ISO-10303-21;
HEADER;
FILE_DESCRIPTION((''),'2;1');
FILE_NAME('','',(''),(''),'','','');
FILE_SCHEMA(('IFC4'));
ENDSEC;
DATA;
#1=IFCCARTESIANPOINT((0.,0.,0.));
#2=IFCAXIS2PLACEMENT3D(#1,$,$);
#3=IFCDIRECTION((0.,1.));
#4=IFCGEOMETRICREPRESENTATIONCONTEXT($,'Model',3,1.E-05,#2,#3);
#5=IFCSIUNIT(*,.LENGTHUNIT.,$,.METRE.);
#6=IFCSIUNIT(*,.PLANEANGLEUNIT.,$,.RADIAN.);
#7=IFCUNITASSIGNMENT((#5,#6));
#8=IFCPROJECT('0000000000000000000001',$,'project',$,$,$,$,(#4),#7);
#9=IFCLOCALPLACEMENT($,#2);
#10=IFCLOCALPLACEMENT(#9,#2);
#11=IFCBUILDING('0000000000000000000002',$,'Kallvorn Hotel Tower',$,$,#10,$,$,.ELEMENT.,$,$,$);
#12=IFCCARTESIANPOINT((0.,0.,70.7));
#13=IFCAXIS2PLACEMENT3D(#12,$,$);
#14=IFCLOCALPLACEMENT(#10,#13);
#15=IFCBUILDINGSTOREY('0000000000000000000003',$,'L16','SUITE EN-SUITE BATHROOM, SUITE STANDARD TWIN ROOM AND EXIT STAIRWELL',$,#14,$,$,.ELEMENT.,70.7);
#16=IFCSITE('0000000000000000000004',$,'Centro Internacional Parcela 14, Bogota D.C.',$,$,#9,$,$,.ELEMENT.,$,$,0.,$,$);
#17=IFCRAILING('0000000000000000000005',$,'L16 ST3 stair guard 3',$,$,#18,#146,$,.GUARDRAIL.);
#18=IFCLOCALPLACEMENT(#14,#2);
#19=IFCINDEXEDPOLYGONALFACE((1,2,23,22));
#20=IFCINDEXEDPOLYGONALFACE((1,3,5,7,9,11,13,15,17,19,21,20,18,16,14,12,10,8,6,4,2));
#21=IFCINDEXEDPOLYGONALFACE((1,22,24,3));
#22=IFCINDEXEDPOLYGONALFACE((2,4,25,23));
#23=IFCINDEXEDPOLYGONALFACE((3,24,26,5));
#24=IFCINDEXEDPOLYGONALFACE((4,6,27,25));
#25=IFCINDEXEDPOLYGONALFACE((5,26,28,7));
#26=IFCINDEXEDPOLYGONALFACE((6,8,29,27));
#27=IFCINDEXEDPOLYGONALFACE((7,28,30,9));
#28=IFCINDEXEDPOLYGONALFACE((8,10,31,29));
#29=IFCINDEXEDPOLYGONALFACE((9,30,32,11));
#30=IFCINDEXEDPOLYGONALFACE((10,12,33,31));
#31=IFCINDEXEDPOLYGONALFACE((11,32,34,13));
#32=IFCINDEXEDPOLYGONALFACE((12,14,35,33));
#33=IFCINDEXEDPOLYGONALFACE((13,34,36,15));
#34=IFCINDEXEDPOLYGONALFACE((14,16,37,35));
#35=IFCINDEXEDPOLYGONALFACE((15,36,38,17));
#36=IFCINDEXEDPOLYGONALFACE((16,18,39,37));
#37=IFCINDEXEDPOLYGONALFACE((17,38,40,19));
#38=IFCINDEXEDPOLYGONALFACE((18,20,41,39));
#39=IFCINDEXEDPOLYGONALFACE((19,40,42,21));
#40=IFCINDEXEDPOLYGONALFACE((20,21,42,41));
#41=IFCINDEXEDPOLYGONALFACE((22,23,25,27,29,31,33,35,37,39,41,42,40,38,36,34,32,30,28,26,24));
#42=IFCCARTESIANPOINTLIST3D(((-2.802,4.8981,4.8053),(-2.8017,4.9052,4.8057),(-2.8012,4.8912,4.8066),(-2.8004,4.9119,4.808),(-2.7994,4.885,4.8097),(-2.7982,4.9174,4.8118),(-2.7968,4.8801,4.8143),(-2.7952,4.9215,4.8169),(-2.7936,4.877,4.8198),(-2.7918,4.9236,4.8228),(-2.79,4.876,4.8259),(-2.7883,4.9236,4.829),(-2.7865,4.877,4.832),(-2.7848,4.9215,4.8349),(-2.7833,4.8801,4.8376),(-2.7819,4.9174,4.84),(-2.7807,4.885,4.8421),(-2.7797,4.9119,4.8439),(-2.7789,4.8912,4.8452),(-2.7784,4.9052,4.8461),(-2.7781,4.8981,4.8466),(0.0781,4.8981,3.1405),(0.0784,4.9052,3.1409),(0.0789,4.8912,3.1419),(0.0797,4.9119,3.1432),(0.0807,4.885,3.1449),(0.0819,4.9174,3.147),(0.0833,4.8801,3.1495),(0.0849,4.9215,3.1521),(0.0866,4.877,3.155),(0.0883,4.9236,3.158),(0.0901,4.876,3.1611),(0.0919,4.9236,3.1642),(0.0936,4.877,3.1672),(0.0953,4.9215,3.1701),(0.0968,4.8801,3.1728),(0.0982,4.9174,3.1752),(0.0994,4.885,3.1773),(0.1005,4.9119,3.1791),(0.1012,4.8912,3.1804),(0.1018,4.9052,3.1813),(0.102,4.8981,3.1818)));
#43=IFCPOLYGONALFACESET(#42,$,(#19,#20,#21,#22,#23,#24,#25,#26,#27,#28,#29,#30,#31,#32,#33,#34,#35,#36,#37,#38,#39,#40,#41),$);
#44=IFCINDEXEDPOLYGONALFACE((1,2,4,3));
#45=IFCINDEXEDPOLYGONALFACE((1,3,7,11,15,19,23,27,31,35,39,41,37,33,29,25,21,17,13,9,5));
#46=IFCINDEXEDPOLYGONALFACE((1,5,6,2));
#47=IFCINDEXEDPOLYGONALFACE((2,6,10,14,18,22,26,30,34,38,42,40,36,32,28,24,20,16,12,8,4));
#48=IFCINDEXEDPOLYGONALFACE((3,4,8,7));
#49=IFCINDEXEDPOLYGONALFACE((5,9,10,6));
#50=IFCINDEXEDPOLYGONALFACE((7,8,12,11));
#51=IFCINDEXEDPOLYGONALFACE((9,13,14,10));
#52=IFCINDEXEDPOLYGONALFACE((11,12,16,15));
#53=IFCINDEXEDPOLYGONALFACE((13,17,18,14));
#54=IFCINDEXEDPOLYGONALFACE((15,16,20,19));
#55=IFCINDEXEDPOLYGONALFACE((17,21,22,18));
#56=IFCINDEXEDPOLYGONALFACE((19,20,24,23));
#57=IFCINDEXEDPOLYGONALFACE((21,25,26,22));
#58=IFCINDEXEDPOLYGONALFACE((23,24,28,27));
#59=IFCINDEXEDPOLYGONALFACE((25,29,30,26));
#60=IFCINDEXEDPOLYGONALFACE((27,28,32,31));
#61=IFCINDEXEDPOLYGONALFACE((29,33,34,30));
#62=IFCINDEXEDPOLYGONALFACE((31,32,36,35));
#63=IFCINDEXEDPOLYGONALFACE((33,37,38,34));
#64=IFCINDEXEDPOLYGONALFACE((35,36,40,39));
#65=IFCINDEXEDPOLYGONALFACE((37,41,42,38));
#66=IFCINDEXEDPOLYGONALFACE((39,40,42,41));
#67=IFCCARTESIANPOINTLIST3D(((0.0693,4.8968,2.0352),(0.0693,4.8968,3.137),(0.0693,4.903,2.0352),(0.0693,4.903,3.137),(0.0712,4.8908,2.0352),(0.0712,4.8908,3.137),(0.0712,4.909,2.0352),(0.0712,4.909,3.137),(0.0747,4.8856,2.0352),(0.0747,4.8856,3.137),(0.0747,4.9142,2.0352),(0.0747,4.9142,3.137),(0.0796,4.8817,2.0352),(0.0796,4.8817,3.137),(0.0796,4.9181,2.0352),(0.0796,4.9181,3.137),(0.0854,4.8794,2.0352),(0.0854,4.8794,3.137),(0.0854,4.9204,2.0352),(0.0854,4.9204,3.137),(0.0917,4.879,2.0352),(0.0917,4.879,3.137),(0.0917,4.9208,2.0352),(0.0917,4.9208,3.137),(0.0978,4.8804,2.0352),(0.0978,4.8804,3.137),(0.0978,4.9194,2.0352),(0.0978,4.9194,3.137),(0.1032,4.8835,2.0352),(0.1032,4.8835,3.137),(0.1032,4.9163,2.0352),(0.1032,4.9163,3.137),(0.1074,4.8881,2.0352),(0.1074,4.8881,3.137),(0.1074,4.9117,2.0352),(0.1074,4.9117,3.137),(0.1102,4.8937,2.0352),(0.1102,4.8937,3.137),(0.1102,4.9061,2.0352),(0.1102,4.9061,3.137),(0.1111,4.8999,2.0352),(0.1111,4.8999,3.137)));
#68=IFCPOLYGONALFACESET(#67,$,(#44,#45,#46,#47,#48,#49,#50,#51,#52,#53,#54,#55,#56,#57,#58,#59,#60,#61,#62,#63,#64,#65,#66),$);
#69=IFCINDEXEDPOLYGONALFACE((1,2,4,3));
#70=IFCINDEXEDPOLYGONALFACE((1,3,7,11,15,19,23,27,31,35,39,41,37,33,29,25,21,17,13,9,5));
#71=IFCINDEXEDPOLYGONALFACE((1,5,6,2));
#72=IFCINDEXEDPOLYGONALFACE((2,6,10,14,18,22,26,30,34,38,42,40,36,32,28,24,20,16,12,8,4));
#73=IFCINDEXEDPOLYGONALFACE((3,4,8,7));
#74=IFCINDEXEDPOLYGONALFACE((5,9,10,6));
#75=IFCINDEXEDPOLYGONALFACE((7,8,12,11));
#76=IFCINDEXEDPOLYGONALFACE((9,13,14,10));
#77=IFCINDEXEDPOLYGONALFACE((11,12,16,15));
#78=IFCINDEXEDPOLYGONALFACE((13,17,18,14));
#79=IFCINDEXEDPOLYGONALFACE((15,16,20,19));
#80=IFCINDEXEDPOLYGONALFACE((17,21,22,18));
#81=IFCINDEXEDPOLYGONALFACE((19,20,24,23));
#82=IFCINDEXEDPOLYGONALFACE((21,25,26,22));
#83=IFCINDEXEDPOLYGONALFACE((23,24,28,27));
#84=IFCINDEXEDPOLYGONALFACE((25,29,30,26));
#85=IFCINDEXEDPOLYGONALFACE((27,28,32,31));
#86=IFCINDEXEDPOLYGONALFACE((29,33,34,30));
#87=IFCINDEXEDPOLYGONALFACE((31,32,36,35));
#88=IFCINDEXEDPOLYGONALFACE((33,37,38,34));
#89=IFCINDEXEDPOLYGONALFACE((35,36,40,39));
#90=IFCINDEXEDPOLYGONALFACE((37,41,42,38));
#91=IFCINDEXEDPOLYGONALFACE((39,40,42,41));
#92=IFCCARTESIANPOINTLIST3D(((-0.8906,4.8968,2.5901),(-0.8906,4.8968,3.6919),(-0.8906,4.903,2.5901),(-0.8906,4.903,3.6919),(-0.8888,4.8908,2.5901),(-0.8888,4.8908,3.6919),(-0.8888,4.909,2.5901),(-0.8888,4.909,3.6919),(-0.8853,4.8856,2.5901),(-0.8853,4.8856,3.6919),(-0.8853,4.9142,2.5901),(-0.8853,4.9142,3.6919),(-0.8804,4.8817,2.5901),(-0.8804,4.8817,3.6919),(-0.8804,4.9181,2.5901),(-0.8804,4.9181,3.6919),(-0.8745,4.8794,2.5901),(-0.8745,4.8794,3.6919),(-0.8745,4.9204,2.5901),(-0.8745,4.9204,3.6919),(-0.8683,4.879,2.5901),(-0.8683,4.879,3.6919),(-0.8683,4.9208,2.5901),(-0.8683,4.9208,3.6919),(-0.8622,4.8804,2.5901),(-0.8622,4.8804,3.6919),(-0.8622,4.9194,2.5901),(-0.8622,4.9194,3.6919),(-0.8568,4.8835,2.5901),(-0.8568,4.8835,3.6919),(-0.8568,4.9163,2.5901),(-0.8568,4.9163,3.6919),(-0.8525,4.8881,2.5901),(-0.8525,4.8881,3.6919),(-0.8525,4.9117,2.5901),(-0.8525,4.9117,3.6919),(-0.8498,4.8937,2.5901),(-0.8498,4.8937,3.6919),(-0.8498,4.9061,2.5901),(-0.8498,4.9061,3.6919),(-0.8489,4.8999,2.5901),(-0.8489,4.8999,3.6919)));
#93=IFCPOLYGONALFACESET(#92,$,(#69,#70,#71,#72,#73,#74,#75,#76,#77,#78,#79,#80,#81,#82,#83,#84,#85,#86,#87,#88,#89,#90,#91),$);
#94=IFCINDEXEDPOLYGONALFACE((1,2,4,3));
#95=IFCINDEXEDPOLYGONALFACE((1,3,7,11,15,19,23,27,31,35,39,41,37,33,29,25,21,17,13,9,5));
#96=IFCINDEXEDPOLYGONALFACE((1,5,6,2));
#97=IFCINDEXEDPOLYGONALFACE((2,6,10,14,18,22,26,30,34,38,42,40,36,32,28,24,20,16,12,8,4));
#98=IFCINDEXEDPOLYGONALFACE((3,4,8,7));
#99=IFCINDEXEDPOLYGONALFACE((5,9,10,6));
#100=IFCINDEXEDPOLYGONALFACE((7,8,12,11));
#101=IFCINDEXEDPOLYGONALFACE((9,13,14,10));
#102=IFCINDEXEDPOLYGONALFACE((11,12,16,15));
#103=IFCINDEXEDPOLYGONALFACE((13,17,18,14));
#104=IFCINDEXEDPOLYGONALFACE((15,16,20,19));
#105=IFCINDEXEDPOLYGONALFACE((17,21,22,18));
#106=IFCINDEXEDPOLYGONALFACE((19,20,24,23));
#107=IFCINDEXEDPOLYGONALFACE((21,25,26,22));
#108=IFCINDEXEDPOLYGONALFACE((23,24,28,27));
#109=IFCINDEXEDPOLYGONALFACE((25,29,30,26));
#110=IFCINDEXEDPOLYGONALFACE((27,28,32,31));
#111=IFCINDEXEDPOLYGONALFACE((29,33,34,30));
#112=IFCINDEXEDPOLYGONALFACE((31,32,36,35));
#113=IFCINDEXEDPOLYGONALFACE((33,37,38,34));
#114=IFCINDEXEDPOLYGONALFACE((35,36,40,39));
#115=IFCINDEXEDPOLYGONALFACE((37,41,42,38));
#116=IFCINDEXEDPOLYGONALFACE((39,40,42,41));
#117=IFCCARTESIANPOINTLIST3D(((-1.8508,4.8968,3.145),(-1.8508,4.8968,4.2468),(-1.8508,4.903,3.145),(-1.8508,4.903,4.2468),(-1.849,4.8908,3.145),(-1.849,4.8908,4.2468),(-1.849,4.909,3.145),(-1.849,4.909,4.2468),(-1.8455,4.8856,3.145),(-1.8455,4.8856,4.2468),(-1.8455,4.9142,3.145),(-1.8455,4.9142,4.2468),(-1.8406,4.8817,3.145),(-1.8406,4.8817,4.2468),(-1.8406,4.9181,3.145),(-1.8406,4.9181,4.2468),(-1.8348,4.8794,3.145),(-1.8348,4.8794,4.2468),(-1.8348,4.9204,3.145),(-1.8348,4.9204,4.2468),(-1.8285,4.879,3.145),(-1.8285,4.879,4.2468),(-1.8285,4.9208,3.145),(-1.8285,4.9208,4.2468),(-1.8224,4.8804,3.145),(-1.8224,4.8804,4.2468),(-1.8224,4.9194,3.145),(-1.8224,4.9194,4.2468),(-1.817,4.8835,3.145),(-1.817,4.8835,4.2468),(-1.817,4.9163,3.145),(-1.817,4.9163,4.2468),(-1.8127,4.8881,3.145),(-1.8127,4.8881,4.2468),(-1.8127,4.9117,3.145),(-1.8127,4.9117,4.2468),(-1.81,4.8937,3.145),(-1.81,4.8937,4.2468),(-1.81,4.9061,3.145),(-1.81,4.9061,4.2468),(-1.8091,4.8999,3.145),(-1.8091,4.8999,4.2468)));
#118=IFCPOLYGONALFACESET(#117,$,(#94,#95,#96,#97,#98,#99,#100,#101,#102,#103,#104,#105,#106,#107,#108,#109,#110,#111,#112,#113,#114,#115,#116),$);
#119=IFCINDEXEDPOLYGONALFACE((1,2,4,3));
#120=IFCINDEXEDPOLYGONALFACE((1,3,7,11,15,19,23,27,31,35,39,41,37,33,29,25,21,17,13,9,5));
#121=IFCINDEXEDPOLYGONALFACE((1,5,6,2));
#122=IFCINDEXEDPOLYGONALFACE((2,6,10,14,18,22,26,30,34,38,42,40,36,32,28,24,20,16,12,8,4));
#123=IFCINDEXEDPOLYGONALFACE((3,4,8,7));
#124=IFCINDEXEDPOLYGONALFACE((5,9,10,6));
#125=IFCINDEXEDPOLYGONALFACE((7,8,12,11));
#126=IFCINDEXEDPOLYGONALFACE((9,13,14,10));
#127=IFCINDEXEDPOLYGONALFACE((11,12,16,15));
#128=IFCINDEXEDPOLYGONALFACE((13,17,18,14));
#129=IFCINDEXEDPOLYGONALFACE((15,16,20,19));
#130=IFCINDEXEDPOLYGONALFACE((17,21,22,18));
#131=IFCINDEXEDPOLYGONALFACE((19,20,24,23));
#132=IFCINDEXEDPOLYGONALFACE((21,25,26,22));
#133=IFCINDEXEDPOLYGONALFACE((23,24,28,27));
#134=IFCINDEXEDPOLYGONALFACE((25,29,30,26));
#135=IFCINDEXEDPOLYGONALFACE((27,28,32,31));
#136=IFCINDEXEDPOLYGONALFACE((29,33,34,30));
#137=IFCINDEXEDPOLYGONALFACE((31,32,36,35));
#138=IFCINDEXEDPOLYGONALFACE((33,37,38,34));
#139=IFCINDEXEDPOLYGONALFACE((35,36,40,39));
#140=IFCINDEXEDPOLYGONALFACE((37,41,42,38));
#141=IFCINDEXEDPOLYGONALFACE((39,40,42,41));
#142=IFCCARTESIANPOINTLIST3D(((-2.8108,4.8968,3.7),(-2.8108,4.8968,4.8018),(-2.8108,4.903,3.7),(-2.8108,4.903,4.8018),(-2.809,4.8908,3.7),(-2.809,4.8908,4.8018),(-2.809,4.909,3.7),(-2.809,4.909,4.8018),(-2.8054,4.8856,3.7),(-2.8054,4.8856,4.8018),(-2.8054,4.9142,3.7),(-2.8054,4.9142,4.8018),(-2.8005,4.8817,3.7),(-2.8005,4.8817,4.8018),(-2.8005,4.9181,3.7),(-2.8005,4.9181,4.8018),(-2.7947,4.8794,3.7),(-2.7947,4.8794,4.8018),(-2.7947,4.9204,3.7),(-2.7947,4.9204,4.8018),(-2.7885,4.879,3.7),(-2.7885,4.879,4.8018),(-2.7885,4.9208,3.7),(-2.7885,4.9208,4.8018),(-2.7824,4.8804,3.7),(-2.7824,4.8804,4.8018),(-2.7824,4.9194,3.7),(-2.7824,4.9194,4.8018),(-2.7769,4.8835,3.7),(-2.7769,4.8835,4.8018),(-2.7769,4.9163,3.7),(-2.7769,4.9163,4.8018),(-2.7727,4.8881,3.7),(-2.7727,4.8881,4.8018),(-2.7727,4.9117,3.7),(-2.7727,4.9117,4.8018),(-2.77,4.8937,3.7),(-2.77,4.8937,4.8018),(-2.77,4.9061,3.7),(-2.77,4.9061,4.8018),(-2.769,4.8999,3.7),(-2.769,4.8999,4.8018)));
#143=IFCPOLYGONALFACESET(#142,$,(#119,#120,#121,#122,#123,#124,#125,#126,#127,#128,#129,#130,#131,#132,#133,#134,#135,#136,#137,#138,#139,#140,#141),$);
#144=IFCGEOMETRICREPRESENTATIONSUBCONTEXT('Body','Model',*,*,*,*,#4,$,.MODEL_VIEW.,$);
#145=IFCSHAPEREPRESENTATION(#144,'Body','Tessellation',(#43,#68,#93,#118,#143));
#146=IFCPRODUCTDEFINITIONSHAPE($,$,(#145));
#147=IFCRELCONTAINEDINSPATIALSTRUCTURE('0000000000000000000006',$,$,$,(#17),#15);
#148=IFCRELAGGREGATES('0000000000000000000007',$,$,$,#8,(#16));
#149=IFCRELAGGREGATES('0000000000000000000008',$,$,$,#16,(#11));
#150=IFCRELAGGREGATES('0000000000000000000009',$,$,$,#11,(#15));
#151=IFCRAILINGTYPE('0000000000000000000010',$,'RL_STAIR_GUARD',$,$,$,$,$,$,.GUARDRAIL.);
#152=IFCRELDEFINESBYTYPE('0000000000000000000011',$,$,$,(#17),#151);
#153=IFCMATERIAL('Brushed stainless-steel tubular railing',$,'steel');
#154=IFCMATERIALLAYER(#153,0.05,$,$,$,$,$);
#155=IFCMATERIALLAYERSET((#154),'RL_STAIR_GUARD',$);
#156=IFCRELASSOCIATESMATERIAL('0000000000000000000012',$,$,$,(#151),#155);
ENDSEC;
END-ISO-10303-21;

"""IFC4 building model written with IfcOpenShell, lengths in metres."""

from ifc_helpers import new_model, si_unit, direction, frame, origin, origin_2d, place, context, subcontext, project, spatial, circle, extrude, material, layer, layer_set, type_object, element, save


model = new_model("IFC4")

# Units and contexts
model_context = context("Model", 3, precision=1e-05, world=origin(), true_north=direction((0.0, 1.0)))
body_context = subcontext(model_context, "Body", "Model", "MODEL_VIEW")
ifc_project = project(units=[si_unit("LENGTHUNIT", "METRE"), si_unit("PLANEANGLEUNIT", "RADIAN")], contexts=[model_context])

# Site, building, storey
site_placement = place(None, origin())
site = spatial("IfcSite", under=ifc_project, at=site_placement, Name="Centro Internacional Parcela 14, Bogota D.C.", CompositionType="ELEMENT", RefElevation=0.0)
building_placement = place(site_placement, origin())
building = spatial("IfcBuilding", under=site, at=building_placement, Name="Kallvorn Hotel Tower", CompositionType="ELEMENT")
storey_placement = place(building_placement, frame((0.0, 0.0, 70.7)))
storey = spatial("IfcBuildingStorey", under=building, at=storey_placement, Name="L16", Description="SUITE EN-SUITE BATHROOM, SUITE STANDARD TWIN ROOM AND EXIT STAIRWELL", CompositionType="ELEMENT", Elevation=70.7)

# Railing
ifc_material_1 = material(Name="Brushed stainless-steel tubular railing", Category="steel")
ifc_layer_1 = layer(ifc_material_1, 0.05)
ifc_layer_set_1 = layer_set([ifc_layer_1], Name="RL_STAIR_GUARD")
railing_type_1 = type_object("IfcRailingType", Name="RL_STAIR_GUARD", PredefinedType="GUARDRAIL", material=ifc_layer_set_1)
railing_1_placement = place(storey_placement, frame((0.0901, 4.8999, 2.0352)))
element("IfcRailing", 1, at=railing_1_placement, inside=storey, type_object=railing_type_1, Name="L16 ST3 stair guard 3", PredefinedType="GUARDRAIL", context=body_context, shape_type="SweptSolid", body=[
    extrude(circle(Radius=0.0239, at=origin_2d()), frame((0.0, 0.0, 1.126), z_axis=(-0.865771, 0.0, 0.50044), x_axis=(0.0, -1.0, 0.0)), (0.0, 0.0, 1.0), 3.3267),
    extrude(circle(Radius=0.021, at=origin_2d()), origin(), (0.0, 0.0, 1.0), 1.1018),
    extrude(circle(Radius=0.021, at=origin_2d()), frame((-0.96, 0.0, 0.5549)), (0.0, 0.0, 1.0), 1.1018),
    extrude(circle(Radius=0.021, at=origin_2d()), frame((-1.9202, 0.0, 1.1099)), (0.0, 0.0, 1.0), 1.1018),
    extrude(circle(Radius=0.021, at=origin_2d()), frame((-2.8801, 0.0, 1.6648)), (0.0, 0.0, 1.0), 1.1018),
])

save(model, "model.ifc")
